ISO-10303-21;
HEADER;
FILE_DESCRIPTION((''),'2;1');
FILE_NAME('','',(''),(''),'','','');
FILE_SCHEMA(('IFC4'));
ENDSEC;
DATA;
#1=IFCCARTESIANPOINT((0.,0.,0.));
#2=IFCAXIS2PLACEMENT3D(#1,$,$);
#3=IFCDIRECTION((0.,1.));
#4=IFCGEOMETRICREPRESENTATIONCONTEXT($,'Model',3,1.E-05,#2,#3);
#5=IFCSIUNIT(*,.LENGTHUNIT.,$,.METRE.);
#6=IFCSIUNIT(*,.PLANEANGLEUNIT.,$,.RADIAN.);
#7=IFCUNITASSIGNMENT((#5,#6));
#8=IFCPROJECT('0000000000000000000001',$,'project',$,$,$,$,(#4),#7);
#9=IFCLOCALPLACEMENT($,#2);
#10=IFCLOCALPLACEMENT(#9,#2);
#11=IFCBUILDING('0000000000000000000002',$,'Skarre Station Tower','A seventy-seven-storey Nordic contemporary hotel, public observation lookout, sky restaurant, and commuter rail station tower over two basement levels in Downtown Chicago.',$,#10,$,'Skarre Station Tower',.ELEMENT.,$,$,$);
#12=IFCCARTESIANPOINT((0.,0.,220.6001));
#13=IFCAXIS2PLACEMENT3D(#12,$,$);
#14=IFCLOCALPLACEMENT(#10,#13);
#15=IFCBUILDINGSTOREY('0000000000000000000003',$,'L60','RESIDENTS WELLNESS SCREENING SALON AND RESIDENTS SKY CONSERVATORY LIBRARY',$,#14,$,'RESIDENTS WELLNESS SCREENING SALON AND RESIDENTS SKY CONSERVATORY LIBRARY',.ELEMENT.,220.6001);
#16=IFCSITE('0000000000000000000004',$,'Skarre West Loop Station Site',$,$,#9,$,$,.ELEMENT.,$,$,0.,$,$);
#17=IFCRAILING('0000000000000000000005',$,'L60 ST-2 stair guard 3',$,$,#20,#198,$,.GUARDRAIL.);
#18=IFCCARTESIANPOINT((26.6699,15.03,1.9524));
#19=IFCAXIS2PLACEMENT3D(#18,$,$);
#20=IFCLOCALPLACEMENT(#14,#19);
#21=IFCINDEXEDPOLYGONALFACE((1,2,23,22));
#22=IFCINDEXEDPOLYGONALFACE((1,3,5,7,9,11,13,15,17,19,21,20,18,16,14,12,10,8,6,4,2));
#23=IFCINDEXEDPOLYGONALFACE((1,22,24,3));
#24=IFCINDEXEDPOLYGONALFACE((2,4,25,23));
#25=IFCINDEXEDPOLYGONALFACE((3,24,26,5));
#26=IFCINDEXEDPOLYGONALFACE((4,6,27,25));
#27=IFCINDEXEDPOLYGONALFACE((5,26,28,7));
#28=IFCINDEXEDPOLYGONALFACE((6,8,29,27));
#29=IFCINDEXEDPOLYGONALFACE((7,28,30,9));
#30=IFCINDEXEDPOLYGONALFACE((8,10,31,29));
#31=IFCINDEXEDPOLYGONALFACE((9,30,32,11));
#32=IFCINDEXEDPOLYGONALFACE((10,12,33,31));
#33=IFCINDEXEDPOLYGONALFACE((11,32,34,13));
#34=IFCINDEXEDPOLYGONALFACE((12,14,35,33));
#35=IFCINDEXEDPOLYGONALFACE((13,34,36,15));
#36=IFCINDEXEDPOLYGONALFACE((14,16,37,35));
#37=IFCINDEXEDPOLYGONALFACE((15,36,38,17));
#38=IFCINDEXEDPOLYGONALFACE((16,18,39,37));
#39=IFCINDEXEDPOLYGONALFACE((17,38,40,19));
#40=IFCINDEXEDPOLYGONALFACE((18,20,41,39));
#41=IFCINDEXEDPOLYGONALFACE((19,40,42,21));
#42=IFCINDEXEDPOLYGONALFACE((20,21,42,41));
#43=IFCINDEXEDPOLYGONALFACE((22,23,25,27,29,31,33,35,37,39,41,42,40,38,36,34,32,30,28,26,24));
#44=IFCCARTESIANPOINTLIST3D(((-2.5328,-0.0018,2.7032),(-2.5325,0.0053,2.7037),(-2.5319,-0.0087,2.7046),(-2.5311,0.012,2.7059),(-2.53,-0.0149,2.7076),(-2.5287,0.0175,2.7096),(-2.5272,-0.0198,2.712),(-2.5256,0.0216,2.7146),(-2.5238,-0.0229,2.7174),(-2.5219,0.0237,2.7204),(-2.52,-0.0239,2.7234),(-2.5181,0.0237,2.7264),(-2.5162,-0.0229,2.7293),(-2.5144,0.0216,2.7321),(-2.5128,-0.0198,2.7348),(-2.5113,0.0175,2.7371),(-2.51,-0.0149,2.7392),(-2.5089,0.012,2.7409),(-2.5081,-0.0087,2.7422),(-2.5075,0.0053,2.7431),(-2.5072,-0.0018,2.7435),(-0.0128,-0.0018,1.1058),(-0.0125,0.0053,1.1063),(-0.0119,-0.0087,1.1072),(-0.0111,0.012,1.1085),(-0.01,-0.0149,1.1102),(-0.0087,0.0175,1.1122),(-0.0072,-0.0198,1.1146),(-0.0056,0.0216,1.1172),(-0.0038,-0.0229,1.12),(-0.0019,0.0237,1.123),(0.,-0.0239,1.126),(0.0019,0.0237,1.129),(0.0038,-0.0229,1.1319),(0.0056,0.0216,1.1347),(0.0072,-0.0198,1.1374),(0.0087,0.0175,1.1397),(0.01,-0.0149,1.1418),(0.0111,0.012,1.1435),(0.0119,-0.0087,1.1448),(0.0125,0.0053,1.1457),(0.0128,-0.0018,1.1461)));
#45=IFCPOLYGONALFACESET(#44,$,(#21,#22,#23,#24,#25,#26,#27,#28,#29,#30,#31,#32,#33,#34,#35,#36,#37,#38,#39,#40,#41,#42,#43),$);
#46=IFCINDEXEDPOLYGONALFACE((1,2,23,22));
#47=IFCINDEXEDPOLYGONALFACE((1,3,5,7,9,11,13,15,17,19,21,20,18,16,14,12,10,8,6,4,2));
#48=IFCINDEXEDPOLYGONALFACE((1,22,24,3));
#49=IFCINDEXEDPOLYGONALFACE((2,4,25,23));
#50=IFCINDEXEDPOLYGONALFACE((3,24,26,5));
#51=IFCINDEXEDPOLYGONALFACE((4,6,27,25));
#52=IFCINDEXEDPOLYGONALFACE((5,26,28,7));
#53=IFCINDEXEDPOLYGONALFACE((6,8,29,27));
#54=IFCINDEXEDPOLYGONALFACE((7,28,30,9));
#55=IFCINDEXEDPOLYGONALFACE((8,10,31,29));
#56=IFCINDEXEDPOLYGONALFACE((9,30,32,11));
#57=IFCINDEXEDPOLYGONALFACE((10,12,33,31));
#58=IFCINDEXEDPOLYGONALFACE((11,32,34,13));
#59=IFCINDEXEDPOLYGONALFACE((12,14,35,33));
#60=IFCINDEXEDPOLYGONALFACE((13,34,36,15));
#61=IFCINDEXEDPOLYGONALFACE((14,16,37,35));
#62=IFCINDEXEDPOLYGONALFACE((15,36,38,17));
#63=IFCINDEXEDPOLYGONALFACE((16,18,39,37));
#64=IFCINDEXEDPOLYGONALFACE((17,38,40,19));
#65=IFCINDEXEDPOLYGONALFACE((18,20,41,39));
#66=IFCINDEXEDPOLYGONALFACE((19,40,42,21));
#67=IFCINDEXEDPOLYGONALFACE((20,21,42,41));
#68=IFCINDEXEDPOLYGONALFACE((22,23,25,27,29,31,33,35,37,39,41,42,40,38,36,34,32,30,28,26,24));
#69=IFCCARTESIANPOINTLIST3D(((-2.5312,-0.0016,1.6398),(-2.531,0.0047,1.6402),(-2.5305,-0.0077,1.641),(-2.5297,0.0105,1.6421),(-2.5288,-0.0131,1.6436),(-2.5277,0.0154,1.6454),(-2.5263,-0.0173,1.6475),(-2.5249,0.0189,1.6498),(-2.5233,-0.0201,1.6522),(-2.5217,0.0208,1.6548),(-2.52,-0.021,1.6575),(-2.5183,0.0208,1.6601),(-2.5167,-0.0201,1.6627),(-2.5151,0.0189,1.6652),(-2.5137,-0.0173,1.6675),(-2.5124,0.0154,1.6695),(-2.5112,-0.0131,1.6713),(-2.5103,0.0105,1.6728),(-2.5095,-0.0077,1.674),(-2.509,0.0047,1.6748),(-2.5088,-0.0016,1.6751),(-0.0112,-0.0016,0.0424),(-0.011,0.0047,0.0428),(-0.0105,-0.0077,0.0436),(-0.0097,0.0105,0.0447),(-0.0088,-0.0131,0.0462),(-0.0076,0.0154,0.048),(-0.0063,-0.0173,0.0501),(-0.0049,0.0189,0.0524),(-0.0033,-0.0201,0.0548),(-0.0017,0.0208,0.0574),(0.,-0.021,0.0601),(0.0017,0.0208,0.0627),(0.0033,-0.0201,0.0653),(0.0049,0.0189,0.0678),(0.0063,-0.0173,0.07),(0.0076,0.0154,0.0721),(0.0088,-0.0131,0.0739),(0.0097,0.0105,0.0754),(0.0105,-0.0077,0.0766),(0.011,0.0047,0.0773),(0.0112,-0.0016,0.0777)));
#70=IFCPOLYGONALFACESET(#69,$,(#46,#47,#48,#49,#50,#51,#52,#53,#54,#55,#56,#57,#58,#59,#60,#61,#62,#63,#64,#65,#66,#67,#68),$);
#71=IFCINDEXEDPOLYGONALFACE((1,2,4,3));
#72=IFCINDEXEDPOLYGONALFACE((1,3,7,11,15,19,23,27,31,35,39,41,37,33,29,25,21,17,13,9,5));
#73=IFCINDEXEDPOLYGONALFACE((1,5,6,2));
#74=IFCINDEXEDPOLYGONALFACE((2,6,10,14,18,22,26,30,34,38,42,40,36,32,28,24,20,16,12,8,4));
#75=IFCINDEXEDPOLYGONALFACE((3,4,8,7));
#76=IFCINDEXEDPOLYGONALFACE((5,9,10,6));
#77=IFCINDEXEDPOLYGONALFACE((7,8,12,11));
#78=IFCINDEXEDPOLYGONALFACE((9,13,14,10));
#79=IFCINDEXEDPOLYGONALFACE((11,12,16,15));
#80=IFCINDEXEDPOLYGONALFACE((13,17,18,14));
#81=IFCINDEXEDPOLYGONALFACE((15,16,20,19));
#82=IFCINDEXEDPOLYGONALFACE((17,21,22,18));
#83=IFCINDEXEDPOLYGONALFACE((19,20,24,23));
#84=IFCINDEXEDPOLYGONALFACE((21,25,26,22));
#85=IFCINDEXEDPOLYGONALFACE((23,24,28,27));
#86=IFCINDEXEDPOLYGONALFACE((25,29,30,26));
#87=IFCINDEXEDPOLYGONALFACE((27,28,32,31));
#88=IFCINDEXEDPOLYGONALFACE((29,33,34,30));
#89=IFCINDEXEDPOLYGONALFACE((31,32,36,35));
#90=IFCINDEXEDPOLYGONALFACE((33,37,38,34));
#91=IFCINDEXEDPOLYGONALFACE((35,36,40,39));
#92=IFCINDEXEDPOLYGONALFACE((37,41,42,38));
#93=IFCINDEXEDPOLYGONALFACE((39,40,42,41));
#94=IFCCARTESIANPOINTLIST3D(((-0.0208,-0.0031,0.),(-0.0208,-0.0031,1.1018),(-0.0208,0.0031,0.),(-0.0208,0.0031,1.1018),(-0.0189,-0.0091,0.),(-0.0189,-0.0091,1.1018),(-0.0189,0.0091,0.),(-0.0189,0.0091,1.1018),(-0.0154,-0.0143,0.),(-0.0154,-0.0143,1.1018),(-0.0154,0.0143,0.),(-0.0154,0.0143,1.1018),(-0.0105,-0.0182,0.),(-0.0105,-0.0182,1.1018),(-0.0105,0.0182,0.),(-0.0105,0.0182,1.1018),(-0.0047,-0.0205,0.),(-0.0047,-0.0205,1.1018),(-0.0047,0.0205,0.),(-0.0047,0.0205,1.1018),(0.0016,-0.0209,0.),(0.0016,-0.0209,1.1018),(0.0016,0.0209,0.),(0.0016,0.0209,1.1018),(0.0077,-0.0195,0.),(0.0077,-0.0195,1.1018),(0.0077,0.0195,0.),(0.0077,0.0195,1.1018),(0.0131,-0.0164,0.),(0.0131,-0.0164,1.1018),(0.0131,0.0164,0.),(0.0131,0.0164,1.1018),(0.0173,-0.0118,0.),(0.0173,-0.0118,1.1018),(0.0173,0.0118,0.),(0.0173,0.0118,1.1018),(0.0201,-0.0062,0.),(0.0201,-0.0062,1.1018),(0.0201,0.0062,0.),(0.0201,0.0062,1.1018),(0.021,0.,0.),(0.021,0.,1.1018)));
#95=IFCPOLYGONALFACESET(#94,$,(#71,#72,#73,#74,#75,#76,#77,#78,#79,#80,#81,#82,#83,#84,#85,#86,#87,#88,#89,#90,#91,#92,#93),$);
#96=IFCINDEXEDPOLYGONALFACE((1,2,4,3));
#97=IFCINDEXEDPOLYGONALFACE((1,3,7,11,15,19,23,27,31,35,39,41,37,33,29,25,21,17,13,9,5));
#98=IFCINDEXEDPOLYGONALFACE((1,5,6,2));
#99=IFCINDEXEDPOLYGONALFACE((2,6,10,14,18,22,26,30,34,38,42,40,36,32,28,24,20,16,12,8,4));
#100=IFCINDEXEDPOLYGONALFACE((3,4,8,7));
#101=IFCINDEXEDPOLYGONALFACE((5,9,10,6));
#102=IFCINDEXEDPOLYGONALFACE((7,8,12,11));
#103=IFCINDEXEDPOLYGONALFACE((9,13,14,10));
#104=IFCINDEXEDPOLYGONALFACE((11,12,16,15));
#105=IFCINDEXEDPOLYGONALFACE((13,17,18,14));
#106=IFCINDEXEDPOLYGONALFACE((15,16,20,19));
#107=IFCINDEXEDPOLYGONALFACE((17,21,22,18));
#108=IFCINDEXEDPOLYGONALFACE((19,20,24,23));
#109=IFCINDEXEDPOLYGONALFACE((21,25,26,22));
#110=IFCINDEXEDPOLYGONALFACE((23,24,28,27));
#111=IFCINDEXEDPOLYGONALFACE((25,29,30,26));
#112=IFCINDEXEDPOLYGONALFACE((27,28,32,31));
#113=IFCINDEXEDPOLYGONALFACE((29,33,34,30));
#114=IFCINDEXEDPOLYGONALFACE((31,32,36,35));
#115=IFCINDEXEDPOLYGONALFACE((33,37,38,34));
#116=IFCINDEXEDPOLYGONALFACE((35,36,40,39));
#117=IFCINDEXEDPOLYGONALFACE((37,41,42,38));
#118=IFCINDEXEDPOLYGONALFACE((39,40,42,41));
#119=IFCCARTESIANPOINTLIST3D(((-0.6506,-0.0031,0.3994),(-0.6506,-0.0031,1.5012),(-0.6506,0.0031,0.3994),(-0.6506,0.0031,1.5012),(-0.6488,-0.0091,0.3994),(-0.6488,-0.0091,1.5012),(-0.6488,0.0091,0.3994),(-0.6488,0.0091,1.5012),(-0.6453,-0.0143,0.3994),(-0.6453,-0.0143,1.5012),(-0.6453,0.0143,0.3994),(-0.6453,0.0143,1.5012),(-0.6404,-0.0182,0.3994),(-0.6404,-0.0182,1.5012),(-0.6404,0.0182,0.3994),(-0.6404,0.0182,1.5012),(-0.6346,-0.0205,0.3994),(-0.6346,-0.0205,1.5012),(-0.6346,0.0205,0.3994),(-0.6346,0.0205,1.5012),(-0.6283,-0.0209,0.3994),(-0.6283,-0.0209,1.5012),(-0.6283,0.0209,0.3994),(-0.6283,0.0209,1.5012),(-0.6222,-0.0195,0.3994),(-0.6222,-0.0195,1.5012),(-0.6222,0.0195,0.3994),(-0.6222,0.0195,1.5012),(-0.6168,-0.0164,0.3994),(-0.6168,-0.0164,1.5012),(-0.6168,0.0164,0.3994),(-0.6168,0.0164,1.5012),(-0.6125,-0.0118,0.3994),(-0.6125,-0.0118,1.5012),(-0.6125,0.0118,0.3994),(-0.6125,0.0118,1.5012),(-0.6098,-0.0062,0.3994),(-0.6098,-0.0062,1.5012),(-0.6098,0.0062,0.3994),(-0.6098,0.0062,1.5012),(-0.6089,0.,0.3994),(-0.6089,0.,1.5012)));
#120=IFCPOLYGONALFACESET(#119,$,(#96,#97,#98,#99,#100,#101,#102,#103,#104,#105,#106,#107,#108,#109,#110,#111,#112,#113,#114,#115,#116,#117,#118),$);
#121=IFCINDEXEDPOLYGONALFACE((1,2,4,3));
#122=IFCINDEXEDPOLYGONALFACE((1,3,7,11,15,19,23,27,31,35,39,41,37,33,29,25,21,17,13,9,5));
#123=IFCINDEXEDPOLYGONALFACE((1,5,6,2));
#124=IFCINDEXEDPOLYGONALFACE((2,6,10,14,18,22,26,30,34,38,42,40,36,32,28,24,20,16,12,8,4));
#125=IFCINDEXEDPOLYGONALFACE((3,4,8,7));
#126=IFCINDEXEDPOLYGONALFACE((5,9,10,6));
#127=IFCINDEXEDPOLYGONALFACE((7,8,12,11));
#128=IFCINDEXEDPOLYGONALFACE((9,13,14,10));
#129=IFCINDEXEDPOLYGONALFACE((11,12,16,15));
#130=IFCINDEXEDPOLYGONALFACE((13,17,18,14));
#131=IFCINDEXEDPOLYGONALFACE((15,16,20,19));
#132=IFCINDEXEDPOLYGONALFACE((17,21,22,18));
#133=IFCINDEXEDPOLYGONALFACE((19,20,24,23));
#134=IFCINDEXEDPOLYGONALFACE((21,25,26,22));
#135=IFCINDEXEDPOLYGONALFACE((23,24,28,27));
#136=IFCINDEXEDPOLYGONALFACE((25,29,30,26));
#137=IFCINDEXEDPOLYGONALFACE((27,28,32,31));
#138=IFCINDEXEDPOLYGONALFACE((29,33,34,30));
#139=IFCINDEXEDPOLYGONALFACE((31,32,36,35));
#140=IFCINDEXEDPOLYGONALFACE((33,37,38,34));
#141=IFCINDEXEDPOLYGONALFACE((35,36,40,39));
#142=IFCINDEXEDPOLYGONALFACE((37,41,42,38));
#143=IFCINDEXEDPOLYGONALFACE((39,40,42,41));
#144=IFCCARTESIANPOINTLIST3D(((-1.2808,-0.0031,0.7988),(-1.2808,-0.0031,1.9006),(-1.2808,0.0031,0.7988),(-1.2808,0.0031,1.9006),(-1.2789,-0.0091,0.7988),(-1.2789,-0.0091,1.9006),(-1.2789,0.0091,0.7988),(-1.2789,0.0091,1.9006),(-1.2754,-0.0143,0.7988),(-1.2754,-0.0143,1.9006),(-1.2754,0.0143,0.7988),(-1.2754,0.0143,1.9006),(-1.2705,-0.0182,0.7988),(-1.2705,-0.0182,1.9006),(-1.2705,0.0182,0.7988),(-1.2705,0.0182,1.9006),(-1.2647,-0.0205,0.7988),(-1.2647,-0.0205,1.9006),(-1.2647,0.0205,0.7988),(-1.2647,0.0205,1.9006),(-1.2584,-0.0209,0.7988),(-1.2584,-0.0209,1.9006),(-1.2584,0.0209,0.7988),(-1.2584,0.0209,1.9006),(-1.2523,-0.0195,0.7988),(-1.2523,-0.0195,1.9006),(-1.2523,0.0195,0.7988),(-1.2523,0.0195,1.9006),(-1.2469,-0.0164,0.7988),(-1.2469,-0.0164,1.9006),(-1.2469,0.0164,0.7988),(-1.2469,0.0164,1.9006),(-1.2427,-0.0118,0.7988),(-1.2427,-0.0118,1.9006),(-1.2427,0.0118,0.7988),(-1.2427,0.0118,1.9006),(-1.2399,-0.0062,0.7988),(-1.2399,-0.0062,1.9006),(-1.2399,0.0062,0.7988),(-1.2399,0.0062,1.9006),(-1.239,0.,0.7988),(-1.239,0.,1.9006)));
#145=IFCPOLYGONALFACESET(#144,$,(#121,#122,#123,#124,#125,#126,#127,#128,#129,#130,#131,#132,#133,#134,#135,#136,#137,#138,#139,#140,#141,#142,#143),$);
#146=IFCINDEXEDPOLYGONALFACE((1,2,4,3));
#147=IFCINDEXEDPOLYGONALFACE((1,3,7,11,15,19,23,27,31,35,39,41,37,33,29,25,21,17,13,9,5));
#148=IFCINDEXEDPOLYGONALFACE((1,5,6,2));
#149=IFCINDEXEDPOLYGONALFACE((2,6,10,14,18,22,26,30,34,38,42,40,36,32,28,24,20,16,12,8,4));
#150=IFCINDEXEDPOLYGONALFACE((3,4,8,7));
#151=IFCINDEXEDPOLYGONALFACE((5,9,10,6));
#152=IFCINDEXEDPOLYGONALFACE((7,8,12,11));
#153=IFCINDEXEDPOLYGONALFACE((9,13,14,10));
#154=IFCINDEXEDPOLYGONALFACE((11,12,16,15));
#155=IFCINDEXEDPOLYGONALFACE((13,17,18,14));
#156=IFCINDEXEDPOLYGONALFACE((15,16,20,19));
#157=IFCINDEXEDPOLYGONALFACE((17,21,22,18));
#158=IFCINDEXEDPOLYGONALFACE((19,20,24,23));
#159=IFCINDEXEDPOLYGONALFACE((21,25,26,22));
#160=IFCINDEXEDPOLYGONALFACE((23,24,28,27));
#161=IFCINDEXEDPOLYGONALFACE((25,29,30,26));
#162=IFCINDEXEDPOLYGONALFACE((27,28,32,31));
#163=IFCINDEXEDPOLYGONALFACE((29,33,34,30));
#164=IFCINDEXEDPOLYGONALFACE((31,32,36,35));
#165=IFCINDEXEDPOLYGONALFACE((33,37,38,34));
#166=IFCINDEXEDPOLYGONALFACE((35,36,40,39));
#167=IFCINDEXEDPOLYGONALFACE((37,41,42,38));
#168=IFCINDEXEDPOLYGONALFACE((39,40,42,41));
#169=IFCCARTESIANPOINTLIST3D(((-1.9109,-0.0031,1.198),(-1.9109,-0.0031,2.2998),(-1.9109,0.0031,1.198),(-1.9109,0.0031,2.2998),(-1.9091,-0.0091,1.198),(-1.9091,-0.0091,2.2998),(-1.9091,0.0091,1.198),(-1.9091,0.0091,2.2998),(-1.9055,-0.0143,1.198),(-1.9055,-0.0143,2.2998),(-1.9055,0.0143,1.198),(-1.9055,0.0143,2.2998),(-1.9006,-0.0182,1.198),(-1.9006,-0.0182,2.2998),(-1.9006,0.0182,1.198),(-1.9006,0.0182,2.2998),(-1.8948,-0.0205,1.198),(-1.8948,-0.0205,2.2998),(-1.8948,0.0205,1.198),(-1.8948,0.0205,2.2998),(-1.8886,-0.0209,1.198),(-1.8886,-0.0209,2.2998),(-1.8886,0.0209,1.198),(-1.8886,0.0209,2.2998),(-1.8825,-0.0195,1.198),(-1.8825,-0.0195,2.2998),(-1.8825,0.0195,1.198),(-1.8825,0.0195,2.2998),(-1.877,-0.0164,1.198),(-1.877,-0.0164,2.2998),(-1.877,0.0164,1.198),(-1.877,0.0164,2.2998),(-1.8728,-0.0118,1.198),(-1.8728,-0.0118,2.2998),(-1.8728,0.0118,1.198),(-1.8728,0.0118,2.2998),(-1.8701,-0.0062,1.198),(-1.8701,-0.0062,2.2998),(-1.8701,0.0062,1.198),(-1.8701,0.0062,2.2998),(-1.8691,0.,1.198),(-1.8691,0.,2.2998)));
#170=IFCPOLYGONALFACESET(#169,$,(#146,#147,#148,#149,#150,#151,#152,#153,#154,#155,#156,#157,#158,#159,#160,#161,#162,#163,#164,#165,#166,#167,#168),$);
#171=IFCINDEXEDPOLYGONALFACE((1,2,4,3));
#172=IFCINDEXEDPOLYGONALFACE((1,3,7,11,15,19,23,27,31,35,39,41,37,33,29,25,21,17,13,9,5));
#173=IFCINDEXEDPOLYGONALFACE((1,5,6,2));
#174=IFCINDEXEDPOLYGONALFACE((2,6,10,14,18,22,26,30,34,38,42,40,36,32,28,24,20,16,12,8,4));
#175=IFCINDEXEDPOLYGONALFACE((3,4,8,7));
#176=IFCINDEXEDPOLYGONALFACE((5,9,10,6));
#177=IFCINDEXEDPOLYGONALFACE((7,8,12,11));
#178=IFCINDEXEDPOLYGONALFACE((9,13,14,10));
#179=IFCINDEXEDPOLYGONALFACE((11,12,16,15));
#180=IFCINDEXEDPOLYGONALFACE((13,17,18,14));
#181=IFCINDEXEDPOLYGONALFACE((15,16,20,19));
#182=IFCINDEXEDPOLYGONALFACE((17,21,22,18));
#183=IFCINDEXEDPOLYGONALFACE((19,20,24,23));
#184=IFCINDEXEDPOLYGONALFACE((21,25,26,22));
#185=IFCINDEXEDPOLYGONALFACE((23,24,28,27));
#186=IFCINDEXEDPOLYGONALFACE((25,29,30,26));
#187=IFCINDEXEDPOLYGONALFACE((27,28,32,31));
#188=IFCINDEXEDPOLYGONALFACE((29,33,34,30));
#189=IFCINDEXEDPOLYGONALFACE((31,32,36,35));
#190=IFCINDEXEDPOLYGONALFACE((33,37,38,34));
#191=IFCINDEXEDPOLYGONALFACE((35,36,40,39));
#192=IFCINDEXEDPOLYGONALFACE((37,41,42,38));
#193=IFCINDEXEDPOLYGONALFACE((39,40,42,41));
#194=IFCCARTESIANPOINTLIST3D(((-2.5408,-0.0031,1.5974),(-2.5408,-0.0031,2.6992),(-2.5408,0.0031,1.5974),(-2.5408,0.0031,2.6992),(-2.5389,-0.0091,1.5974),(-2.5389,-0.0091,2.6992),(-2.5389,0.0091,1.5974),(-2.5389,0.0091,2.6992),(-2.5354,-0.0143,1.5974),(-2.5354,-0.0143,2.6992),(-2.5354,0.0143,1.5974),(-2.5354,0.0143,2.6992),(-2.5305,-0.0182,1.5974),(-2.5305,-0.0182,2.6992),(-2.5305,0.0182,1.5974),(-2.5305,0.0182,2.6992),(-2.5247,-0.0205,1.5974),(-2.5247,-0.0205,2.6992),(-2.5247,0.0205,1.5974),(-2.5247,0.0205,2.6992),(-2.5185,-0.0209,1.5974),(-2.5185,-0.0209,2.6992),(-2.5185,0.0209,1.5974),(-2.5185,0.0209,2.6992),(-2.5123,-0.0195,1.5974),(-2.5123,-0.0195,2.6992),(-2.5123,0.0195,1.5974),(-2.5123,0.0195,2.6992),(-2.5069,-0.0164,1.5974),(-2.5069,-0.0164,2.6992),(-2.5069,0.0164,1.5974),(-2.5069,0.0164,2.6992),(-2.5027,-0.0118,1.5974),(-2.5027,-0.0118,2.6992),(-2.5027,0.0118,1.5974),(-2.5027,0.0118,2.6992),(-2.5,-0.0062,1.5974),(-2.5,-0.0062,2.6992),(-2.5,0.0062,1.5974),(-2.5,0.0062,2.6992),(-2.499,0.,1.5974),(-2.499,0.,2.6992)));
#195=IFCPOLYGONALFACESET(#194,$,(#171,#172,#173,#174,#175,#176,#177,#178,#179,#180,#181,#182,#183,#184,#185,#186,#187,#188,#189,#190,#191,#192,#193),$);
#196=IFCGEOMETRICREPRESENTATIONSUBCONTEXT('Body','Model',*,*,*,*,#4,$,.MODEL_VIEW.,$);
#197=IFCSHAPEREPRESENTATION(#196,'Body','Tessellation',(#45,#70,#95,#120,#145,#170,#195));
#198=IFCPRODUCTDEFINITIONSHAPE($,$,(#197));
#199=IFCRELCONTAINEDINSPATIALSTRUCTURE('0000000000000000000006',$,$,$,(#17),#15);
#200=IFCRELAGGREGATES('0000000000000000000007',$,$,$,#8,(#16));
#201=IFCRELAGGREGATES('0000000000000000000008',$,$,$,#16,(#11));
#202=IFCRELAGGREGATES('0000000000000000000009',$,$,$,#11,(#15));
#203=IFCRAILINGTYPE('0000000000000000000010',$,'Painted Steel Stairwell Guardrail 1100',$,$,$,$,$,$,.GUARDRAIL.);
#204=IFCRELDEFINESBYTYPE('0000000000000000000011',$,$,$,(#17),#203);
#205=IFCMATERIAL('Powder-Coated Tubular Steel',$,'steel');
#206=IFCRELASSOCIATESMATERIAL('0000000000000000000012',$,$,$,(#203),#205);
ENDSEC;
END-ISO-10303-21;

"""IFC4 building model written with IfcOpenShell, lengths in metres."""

from ifc_helpers import new_model, si_unit, direction, frame, origin, origin_2d, place, context, subcontext, project, spatial, circle, extrude, material, type_object, element, save


model = new_model("IFC4")

# Units and contexts
model_context = context("Model", 3, precision=1e-05, world=origin(), true_north=direction((0.0, 1.0)))
body_context = subcontext(model_context, "Body", "Model", "MODEL_VIEW")
ifc_project = project(units=[si_unit("LENGTHUNIT", "METRE"), si_unit("PLANEANGLEUNIT", "RADIAN")], contexts=[model_context])

# Site, building, storey
site_placement = place(None, origin())
site = spatial("IfcSite", under=ifc_project, at=site_placement, Name="Skarre West Loop Station Site", CompositionType="ELEMENT", RefElevation=0.0)
building_placement = place(site_placement, origin())
building = spatial("IfcBuilding", under=site, at=building_placement, Name="Skarre Station Tower", Description="A seventy-seven-storey Nordic contemporary hotel, public observation lookout, sky restaurant, and commuter rail station tower over two basement levels in Downtown Chicago.", LongName="Skarre Station Tower", CompositionType="ELEMENT")
storey_placement = place(building_placement, frame((0.0, 0.0, 220.6001)))
storey = spatial("IfcBuildingStorey", under=building, at=storey_placement, Name="L60", Description="RESIDENTS WELLNESS SCREENING SALON AND RESIDENTS SKY CONSERVATORY LIBRARY", LongName="RESIDENTS WELLNESS SCREENING SALON AND RESIDENTS SKY CONSERVATORY LIBRARY", CompositionType="ELEMENT", Elevation=220.6001)

# Railing
ifc_material_1 = material(Name="Powder-Coated Tubular Steel", Category="steel")
railing_type_1 = type_object("IfcRailingType", Name="Painted Steel Stairwell Guardrail 1100", PredefinedType="GUARDRAIL", material=ifc_material_1)
railing_1_placement = place(storey_placement, frame((26.6699, 15.03, 1.9524)))
element("IfcRailing", 1, at=railing_1_placement, inside=storey, type_object=railing_type_1, Name="L60 ST-2 stair guard 3", PredefinedType="GUARDRAIL", context=body_context, shape_type="SweptSolid", body=[
    extrude(circle(Radius=0.0239, at=origin_2d()), frame((0.0, 0.0, 1.126), z_axis=(-0.844607, 0.0, 0.535387), x_axis=(0.0, -1.0, 0.0)), (0.0, 0.0, 1.0), 2.9836),
    extrude(circle(Radius=0.021, at=origin_2d()), frame((0.0, 0.0, 0.0601), z_axis=(-0.844607, 0.0, 0.535387), x_axis=(0.0, -1.0, 0.0)), (0.0, 0.0, 1.0), 2.9836),
    extrude(circle(Radius=0.021, at=origin_2d()), origin(), (0.0, 0.0, 1.0), 1.1018),
    extrude(circle(Radius=0.021, at=origin_2d()), frame((-0.6299, 0.0, 0.3994)), (0.0, 0.0, 1.0), 1.1018),
    extrude(circle(Radius=0.021, at=origin_2d()), frame((-1.26, 0.0, 0.7988)), (0.0, 0.0, 1.0), 1.1018),
    extrude(circle(Radius=0.021, at=origin_2d()), frame((-1.8901, 0.0, 1.198)), (0.0, 0.0, 1.0), 1.1018),
    extrude(circle(Radius=0.021, at=origin_2d()), frame((-2.52, 0.0, 1.5974)), (0.0, 0.0, 1.0), 1.1018),
])

save(model, "model.ifc")
